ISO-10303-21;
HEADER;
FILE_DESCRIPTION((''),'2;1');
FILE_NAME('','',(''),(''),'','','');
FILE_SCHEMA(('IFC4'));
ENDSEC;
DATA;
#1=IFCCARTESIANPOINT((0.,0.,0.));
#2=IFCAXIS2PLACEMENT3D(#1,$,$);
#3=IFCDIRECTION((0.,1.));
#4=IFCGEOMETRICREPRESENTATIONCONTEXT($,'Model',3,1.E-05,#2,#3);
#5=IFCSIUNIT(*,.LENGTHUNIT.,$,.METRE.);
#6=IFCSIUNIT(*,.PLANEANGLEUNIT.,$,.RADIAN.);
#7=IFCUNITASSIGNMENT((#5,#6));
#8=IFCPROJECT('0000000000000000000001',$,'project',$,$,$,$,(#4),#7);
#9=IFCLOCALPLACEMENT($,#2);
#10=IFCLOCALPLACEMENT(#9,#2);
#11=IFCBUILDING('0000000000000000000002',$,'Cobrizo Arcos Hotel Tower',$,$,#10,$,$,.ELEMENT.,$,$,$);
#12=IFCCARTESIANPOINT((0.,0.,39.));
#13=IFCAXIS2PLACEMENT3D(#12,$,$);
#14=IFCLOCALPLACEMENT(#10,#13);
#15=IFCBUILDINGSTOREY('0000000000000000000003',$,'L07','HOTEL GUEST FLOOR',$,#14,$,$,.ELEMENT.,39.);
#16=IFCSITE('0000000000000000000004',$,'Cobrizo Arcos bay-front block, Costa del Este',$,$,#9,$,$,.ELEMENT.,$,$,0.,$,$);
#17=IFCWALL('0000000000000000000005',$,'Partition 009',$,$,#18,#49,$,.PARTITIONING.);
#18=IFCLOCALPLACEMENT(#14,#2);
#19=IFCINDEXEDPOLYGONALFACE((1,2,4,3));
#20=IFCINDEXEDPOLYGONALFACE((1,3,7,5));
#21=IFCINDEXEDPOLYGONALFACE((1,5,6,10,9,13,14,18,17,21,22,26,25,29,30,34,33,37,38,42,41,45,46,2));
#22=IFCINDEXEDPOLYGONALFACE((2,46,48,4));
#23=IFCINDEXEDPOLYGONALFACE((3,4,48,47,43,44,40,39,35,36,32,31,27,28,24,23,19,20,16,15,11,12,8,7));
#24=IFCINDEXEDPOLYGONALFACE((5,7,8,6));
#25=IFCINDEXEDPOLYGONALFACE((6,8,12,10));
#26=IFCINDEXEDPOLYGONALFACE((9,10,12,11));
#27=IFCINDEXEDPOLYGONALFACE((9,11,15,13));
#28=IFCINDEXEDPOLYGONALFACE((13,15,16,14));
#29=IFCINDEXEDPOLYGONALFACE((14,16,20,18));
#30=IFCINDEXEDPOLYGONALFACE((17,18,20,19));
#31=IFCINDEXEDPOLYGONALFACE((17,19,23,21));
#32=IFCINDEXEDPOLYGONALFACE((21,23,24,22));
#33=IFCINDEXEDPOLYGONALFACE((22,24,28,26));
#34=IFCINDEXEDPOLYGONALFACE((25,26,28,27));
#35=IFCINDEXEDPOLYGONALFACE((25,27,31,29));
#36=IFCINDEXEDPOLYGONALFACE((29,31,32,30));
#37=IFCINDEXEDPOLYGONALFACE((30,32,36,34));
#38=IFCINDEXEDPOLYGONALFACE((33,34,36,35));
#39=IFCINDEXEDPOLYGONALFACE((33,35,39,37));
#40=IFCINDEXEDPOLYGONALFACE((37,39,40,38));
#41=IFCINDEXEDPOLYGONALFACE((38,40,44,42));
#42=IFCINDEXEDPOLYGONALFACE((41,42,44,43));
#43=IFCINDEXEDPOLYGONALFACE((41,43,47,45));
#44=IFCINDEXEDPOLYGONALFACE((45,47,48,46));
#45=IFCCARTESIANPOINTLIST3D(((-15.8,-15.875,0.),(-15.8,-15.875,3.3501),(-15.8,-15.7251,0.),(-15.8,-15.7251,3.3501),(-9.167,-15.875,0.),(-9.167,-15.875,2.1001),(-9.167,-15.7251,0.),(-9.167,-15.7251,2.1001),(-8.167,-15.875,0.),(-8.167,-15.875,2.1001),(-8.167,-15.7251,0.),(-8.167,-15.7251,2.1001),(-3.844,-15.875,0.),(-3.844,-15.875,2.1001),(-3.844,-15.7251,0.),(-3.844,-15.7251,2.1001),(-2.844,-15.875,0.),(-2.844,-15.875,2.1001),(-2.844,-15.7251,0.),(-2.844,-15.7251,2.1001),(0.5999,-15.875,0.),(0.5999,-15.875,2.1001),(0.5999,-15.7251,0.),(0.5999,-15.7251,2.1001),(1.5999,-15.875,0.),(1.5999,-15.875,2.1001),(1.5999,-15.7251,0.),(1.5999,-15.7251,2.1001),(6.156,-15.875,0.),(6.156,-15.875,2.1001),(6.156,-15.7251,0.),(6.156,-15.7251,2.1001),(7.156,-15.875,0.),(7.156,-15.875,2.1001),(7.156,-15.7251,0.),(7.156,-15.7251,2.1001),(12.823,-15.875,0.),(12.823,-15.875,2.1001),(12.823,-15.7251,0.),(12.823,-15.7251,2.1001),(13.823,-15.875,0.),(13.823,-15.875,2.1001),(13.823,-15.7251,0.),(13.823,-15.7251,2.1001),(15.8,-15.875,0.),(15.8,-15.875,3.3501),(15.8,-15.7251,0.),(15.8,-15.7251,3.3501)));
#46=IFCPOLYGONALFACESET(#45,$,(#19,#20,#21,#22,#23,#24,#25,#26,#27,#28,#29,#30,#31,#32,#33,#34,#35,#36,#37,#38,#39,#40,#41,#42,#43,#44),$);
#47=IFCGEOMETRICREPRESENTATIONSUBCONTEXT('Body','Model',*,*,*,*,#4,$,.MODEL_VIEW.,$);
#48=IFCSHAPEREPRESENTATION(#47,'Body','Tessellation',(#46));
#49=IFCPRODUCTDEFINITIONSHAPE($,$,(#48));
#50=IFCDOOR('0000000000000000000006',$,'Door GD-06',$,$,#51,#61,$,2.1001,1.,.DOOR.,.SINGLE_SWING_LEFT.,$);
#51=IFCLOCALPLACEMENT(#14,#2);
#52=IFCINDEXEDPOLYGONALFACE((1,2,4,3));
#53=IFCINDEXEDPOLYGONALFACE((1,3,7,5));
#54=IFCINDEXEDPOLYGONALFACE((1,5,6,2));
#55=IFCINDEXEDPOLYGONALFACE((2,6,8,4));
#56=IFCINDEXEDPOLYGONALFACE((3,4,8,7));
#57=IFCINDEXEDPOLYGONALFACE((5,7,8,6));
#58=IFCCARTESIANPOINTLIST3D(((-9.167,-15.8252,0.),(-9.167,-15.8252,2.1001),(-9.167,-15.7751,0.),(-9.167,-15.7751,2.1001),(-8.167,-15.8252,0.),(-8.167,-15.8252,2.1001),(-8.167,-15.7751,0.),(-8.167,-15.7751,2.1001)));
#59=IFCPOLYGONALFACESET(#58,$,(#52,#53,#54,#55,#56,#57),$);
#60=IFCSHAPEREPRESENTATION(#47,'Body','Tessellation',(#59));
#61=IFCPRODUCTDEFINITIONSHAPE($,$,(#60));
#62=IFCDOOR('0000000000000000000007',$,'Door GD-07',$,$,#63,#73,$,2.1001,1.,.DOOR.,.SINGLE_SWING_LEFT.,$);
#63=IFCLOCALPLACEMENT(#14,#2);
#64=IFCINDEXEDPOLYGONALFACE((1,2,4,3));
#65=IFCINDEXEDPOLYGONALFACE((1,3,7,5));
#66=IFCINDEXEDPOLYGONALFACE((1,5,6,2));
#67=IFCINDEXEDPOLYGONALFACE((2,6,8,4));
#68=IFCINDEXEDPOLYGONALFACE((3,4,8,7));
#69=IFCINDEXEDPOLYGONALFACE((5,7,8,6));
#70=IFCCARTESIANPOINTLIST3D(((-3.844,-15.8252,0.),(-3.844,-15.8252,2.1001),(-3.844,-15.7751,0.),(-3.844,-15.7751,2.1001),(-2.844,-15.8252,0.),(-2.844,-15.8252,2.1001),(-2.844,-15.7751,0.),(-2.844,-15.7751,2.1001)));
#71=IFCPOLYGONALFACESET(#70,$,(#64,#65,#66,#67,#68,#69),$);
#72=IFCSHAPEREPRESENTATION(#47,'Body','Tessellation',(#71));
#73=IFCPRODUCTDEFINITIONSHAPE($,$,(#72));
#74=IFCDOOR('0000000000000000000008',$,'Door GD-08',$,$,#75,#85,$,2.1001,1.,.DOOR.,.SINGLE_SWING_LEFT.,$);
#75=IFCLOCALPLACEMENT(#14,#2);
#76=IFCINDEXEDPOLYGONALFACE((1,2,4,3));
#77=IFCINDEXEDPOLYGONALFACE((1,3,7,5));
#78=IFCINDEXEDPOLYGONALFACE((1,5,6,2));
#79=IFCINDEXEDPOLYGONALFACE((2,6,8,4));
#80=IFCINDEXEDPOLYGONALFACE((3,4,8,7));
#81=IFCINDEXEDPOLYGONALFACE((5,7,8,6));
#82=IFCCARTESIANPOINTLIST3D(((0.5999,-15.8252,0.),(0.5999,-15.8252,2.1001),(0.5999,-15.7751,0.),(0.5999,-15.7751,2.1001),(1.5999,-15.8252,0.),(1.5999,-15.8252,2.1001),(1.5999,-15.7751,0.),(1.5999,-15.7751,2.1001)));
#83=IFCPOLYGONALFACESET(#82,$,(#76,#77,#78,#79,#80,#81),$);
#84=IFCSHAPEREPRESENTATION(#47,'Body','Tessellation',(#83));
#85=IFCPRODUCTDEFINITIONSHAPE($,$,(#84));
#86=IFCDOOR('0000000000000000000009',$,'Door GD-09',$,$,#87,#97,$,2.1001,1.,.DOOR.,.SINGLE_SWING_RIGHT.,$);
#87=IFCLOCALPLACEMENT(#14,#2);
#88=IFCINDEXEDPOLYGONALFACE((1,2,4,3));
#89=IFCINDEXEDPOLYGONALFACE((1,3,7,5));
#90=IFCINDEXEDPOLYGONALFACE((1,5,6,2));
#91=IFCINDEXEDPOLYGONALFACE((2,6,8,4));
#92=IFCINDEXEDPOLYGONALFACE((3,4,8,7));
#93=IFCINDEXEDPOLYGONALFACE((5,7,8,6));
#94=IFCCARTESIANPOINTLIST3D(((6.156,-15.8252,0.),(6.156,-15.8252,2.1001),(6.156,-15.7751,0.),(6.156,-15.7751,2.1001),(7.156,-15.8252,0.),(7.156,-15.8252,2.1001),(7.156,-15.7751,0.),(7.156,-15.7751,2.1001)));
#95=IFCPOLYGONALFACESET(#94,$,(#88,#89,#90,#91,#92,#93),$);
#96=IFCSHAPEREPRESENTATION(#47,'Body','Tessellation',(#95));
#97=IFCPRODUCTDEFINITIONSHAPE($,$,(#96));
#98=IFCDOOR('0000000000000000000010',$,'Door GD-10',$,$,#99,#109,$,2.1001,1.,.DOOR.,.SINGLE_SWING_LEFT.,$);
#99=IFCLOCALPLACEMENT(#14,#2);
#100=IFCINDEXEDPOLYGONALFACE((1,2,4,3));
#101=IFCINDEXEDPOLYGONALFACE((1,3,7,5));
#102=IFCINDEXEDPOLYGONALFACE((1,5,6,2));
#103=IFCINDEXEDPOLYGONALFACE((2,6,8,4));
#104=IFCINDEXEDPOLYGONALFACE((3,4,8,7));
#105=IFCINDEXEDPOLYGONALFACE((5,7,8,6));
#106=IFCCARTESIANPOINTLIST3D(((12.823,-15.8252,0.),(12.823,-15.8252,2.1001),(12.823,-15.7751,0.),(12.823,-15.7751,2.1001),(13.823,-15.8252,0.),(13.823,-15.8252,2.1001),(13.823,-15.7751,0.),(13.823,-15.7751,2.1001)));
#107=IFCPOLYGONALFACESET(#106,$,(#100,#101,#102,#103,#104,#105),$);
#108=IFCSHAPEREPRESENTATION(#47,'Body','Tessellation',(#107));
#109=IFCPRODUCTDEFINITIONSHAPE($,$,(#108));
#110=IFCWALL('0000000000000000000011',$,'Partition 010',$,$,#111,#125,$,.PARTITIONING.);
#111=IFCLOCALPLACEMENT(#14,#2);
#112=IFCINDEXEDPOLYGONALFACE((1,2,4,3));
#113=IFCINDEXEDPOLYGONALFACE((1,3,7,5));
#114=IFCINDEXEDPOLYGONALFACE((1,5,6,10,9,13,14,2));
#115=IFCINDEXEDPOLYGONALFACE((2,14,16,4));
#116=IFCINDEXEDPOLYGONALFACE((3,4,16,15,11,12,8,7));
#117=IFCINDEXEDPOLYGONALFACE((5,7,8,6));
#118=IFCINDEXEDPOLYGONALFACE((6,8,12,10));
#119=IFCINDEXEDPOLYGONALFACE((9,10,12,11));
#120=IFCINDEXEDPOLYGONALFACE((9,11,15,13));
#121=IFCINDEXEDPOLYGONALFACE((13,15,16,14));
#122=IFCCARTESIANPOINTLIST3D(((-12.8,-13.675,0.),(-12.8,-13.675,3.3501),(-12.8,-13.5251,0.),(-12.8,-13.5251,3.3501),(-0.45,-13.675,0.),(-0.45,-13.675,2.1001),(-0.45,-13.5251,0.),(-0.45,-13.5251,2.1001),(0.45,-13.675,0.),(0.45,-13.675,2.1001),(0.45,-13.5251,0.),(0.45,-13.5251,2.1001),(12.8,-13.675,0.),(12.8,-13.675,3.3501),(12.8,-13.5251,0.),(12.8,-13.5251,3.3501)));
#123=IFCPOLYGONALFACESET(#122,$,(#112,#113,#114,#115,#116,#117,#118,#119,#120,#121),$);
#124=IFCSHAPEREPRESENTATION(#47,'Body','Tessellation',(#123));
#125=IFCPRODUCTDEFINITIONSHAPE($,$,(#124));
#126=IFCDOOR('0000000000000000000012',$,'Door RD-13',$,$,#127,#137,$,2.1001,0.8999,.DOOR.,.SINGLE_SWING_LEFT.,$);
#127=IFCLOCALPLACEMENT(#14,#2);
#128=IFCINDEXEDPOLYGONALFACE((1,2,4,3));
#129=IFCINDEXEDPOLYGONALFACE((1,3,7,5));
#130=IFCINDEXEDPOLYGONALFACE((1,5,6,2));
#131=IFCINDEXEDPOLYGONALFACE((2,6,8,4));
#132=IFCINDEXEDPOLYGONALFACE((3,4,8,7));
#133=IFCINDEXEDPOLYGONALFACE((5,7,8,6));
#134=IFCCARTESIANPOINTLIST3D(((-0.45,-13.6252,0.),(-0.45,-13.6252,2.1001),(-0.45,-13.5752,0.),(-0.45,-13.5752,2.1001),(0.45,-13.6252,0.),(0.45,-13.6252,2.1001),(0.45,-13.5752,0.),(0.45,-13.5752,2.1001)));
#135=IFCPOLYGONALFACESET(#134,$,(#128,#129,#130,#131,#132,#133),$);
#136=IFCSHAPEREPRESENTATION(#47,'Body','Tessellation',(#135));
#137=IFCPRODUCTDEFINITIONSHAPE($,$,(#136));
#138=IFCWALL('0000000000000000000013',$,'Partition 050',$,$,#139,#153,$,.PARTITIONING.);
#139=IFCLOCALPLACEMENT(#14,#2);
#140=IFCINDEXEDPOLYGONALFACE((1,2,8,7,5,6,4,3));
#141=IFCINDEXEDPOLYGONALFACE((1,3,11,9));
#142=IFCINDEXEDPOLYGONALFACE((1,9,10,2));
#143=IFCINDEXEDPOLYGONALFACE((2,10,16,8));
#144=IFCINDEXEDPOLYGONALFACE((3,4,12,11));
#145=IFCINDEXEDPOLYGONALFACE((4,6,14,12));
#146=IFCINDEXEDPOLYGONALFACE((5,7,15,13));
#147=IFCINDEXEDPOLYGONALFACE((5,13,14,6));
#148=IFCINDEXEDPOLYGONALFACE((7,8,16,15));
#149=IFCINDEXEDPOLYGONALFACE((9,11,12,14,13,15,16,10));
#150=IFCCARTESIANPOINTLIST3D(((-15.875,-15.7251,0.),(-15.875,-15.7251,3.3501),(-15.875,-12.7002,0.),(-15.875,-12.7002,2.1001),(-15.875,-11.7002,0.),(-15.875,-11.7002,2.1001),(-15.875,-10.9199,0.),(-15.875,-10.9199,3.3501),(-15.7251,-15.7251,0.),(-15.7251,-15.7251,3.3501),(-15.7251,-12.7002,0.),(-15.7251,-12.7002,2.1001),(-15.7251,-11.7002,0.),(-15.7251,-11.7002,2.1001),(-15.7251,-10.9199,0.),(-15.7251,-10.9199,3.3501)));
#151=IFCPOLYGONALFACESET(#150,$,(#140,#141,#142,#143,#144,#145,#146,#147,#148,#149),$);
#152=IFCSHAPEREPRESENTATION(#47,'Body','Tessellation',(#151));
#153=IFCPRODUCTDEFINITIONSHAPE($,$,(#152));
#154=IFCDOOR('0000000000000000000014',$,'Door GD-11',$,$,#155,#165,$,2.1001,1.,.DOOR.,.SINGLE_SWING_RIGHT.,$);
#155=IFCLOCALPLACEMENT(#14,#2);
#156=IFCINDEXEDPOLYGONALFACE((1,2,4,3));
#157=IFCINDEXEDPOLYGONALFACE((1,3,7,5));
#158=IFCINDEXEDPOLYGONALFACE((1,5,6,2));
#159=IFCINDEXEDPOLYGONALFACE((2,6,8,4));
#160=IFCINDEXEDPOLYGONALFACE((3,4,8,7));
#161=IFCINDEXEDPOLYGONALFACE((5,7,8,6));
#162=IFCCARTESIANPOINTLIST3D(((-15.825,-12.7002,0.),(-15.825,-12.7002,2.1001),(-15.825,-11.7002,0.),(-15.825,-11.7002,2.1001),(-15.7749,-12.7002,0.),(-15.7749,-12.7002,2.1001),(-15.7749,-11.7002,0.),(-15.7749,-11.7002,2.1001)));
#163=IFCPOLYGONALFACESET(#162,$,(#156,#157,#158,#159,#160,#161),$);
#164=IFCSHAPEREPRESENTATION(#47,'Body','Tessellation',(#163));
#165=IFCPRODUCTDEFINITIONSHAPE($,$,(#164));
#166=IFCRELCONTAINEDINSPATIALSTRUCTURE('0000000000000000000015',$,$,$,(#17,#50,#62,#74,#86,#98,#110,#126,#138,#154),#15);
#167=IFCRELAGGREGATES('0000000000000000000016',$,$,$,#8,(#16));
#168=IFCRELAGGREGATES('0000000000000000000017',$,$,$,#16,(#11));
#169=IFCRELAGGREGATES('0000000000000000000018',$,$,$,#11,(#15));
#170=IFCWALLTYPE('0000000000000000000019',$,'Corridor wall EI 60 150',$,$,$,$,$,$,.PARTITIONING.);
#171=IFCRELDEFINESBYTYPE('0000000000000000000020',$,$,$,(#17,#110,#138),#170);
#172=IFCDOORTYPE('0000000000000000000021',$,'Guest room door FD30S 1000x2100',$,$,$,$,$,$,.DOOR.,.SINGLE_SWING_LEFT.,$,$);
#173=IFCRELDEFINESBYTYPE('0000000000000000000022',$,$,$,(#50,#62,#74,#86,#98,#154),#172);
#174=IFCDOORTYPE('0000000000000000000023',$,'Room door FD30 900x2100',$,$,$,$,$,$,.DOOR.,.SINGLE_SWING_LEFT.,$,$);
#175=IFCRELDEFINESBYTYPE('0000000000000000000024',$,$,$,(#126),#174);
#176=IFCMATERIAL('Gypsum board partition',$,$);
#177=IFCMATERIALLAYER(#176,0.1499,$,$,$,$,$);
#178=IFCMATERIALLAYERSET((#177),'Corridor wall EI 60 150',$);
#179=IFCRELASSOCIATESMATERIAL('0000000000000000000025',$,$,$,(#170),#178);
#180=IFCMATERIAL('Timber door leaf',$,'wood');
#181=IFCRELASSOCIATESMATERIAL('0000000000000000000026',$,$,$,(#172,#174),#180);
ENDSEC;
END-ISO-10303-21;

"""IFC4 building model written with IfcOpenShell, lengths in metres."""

from ifc_helpers import new_model, si_unit, direction, frame, frame_2d, origin, place, context, subcontext, project, spatial, rectangle, extrude, material, layer, layer_set, type_object, element, fill, save


model = new_model("IFC4")

# Units and contexts
model_context = context("Model", 3, precision=1e-05, world=origin(), true_north=direction((0.0, 1.0)))
body_context = subcontext(model_context, "Body", "Model", "MODEL_VIEW")
ifc_project = project(units=[si_unit("LENGTHUNIT", "METRE"), si_unit("PLANEANGLEUNIT", "RADIAN")], contexts=[model_context])

# Site, building, storey
site_placement = place(None, origin())
site = spatial("IfcSite", under=ifc_project, at=site_placement, Name="Cobrizo Arcos bay-front block, Costa del Este", CompositionType="ELEMENT", RefElevation=0.0)
building_placement = place(site_placement, origin())
building = spatial("IfcBuilding", under=site, at=building_placement, Name="Cobrizo Arcos Hotel Tower", CompositionType="ELEMENT")
storey_placement = place(building_placement, frame((0.0, 0.0, 39.0)))
storey = spatial("IfcBuildingStorey", under=building, at=storey_placement, Name="L07", Description="HOTEL GUEST FLOOR", CompositionType="ELEMENT", Elevation=39.0)

# Wall, openings, doors
ifc_material_1 = material(Name="Gypsum board partition")
ifc_layer_1 = layer(ifc_material_1, 0.1499)
ifc_layer_set_1 = layer_set([ifc_layer_1], Name="Corridor wall EI 60 150")
wall_type_1 = type_object("IfcWallType", Name="Corridor wall EI 60 150", PredefinedType="PARTITIONING", material=ifc_layer_set_1)
wall_1_placement = place(storey_placement, frame((-15.8, -15.8, 0.0), z_axis=(0.0, 0.0, 1.0), x_axis=(1.0, 0.0, 0.0)))
wall_1 = element("IfcWall", 1, at=wall_1_placement, inside=storey, type_object=wall_type_1, Name="Partition 009", PredefinedType="PARTITIONING", context=body_context, shape_type="SweptSolid", body=[
    extrude(rectangle(XDim=31.6001, YDim=0.1499, at=frame_2d((15.8, 0.0))), origin(), (0.0, 0.0, 1.0), 3.3501),
])
opening_1_placement = place(wall_1_placement, frame((6.6331, 0.0, 0.0)))
opening_1 = element("IfcOpeningElement", 2, at=opening_1_placement, cuts=wall_1, PredefinedType="OPENING", context=body_context, shape_type="SweptSolid", body=[
    extrude(rectangle(XDim=1.0, YDim=2.1001, at=frame_2d((0.5, 1.05))), frame((0.0, 0.0869, 0.0), z_axis=(0.0, -1.0, 0.0), x_axis=(1.0, 0.0, 0.0)), (0.0, 0.0, 1.0), 0.1738),
])
opening_2_placement = place(wall_1_placement, frame((11.9561, 0.0, 0.0)))
opening_2 = element("IfcOpeningElement", 3, at=opening_2_placement, cuts=wall_1, PredefinedType="OPENING", context=body_context, shape_type="SweptSolid", body=[
    extrude(rectangle(XDim=1.0, YDim=2.1001, at=frame_2d((0.5, 1.05))), frame((0.0, 0.0869, 0.0), z_axis=(0.0, -1.0, 0.0), x_axis=(1.0, 0.0, 0.0)), (0.0, 0.0, 1.0), 0.1738),
])
opening_3_placement = place(wall_1_placement, frame((16.3999, 0.0, 0.0)))
opening_3 = element("IfcOpeningElement", 4, at=opening_3_placement, cuts=wall_1, PredefinedType="OPENING", context=body_context, shape_type="SweptSolid", body=[
    extrude(rectangle(XDim=1.0, YDim=2.1001, at=frame_2d((0.5, 1.05))), frame((0.0, 0.0869, 0.0), z_axis=(0.0, -1.0, 0.0), x_axis=(1.0, 0.0, 0.0)), (0.0, 0.0, 1.0), 0.1738),
])
opening_4_placement = place(wall_1_placement, frame((21.9561, 0.0, 0.0)))
opening_4 = element("IfcOpeningElement", 5, at=opening_4_placement, cuts=wall_1, PredefinedType="OPENING", context=body_context, shape_type="SweptSolid", body=[
    extrude(rectangle(XDim=1.0, YDim=2.1001, at=frame_2d((0.5, 1.05))), frame((0.0, 0.0869, 0.0), z_axis=(0.0, -1.0, 0.0), x_axis=(1.0, 0.0, 0.0)), (0.0, 0.0, 1.0), 0.1738),
])
opening_5_placement = place(wall_1_placement, frame((28.623, 0.0, 0.0)))
opening_5 = element("IfcOpeningElement", 6, at=opening_5_placement, cuts=wall_1, PredefinedType="OPENING", context=body_context, shape_type="SweptSolid", body=[
    extrude(rectangle(XDim=1.0, YDim=2.1001, at=frame_2d((0.5, 1.05))), frame((0.0, 0.0869, 0.0), z_axis=(0.0, -1.0, 0.0), x_axis=(1.0, 0.0, 0.0)), (0.0, 0.0, 1.0), 0.1738),
])
ifc_material_2 = material(Name="Timber door leaf", Category="wood")
door_type_1 = type_object("IfcDoorType", Name="Guest room door FD30S 1000x2100", OperationType="SINGLE_SWING_LEFT", PredefinedType="DOOR", material=ifc_material_2)
door_1_placement = place(opening_1_placement, origin())
door_1 = element("IfcDoor", 7, at=door_1_placement, inside=storey, type_object=door_type_1, Name="Door GD-06", OperationType="SINGLE_SWING_LEFT", OverallHeight=2.1001, OverallWidth=1.0, PredefinedType="DOOR", context=body_context, shape_type="SweptSolid", body=[
    extrude(rectangle(XDim=1.0, YDim=2.1001, at=frame_2d((0.5, 1.05))), frame((0.0, 0.0249, 0.0), z_axis=(0.0, -1.0, 0.0), x_axis=(1.0, 0.0, 0.0)), (0.0, 0.0, 1.0), 0.05),
])
fill(opening_1, door_1)
door_2_placement = place(opening_2_placement, origin())
door_2 = element("IfcDoor", 8, at=door_2_placement, inside=storey, type_object=door_type_1, Name="Door GD-07", OperationType="SINGLE_SWING_LEFT", OverallHeight=2.1001, OverallWidth=1.0, PredefinedType="DOOR", context=body_context, shape_type="SweptSolid", body=[
    extrude(rectangle(XDim=1.0, YDim=2.1001, at=frame_2d((0.5, 1.05))), frame((0.0, 0.0249, 0.0), z_axis=(0.0, -1.0, 0.0), x_axis=(1.0, 0.0, 0.0)), (0.0, 0.0, 1.0), 0.05),
])
fill(opening_2, door_2)
door_3_placement = place(opening_3_placement, origin())
door_3 = element("IfcDoor", 9, at=door_3_placement, inside=storey, type_object=door_type_1, Name="Door GD-08", OperationType="SINGLE_SWING_LEFT", OverallHeight=2.1001, OverallWidth=1.0, PredefinedType="DOOR", context=body_context, shape_type="SweptSolid", body=[
    extrude(rectangle(XDim=1.0, YDim=2.1001, at=frame_2d((0.5, 1.05))), frame((0.0, 0.0249, 0.0), z_axis=(0.0, -1.0, 0.0), x_axis=(1.0, 0.0, 0.0)), (0.0, 0.0, 1.0), 0.05),
])
fill(opening_3, door_3)
door_4_placement = place(opening_4_placement, origin())
door_4 = element("IfcDoor", 10, at=door_4_placement, inside=storey, type_object=door_type_1, Name="Door GD-09", OperationType="SINGLE_SWING_RIGHT", OverallHeight=2.1001, OverallWidth=1.0, PredefinedType="DOOR", context=body_context, shape_type="SweptSolid", body=[
    extrude(rectangle(XDim=1.0, YDim=2.1001, at=frame_2d((0.5, 1.05))), frame((0.0, 0.0249, 0.0), z_axis=(0.0, -1.0, 0.0), x_axis=(1.0, 0.0, 0.0)), (0.0, 0.0, 1.0), 0.05),
])
fill(opening_4, door_4)
door_5_placement = place(opening_5_placement, origin())
door_5 = element("IfcDoor", 11, at=door_5_placement, inside=storey, type_object=door_type_1, Name="Door GD-10", OperationType="SINGLE_SWING_LEFT", OverallHeight=2.1001, OverallWidth=1.0, PredefinedType="DOOR", context=body_context, shape_type="SweptSolid", body=[
    extrude(rectangle(XDim=1.0, YDim=2.1001, at=frame_2d((0.5, 1.05))), frame((0.0, 0.0249, 0.0), z_axis=(0.0, -1.0, 0.0), x_axis=(1.0, 0.0, 0.0)), (0.0, 0.0, 1.0), 0.05),
])
fill(opening_5, door_5)

# Walls, openings, doors
wall_2_placement = place(storey_placement, frame((-12.8, -13.6001, 0.0), z_axis=(0.0, 0.0, 1.0), x_axis=(1.0, 0.0, 0.0)))
wall_2 = element("IfcWall", 12, at=wall_2_placement, inside=storey, type_object=wall_type_1, Name="Partition 010", PredefinedType="PARTITIONING", context=body_context, shape_type="SweptSolid", body=[
    extrude(rectangle(XDim=25.6001, YDim=0.1499, at=frame_2d((12.8, 0.0))), origin(), (0.0, 0.0, 1.0), 3.3501),
])
opening_6_placement = place(wall_2_placement, frame((12.3501, 0.0, 0.0)))
opening_6 = element("IfcOpeningElement", 13, at=opening_6_placement, cuts=wall_2, PredefinedType="OPENING", context=body_context, shape_type="SweptSolid", body=[
    extrude(rectangle(XDim=0.8999, YDim=2.1001, at=frame_2d((0.45, 1.05))), frame((0.0, 0.0869, 0.0), z_axis=(0.0, -1.0, 0.0), x_axis=(1.0, 0.0, 0.0)), (0.0, 0.0, 1.0), 0.1738),
])
door_type_2 = type_object("IfcDoorType", Name="Room door FD30 900x2100", OperationType="SINGLE_SWING_LEFT", PredefinedType="DOOR", material=ifc_material_2)
door_6_placement = place(opening_6_placement, origin())
door_6 = element("IfcDoor", 14, at=door_6_placement, inside=storey, type_object=door_type_2, Name="Door RD-13", OperationType="SINGLE_SWING_LEFT", OverallHeight=2.1001, OverallWidth=0.8999, PredefinedType="DOOR", context=body_context, shape_type="SweptSolid", body=[
    extrude(rectangle(XDim=0.8999, YDim=2.1001, at=frame_2d((0.45, 1.05))), frame((0.0, 0.0249, 0.0), z_axis=(0.0, -1.0, 0.0), x_axis=(1.0, 0.0, 0.0)), (0.0, 0.0, 1.0), 0.05),
])
fill(opening_6, door_6)
wall_3_placement = place(storey_placement, frame((-15.8, -15.7251, 0.0), z_axis=(0.0, 0.0, 1.0), x_axis=(0.0, 1.0, 0.0)))
wall_3 = element("IfcWall", 15, at=wall_3_placement, inside=storey, type_object=wall_type_1, Name="Partition 050", PredefinedType="PARTITIONING", context=body_context, shape_type="SweptSolid", body=[
    extrude(rectangle(XDim=4.8052, YDim=0.1499, at=frame_2d((2.4026, 0.0))), origin(), (0.0, 0.0, 1.0), 3.3501),
])
opening_7_placement = place(wall_3_placement, frame((3.0249, 0.0, 0.0)))
opening_7 = element("IfcOpeningElement", 16, at=opening_7_placement, cuts=wall_3, PredefinedType="OPENING", context=body_context, shape_type="SweptSolid", body=[
    extrude(rectangle(XDim=1.0, YDim=2.1001, at=frame_2d((0.5, 1.05))), frame((0.0, 0.0869, 0.0), z_axis=(0.0, -1.0, 0.0), x_axis=(1.0, 0.0, 0.0)), (0.0, 0.0, 1.0), 0.1738),
])
door_7_placement = place(opening_7_placement, origin())
door_7 = element("IfcDoor", 17, at=door_7_placement, inside=storey, type_object=door_type_1, Name="Door GD-11", OperationType="SINGLE_SWING_RIGHT", OverallHeight=2.1001, OverallWidth=1.0, PredefinedType="DOOR", context=body_context, shape_type="SweptSolid", body=[
    extrude(rectangle(XDim=1.0, YDim=2.1001, at=frame_2d((0.5, 1.05))), frame((0.0, 0.0249, 0.0), z_axis=(0.0, -1.0, 0.0), x_axis=(1.0, 0.0, 0.0)), (0.0, 0.0, 1.0), 0.05),
])
fill(opening_7, door_7)

save(model, "model.ifc")
